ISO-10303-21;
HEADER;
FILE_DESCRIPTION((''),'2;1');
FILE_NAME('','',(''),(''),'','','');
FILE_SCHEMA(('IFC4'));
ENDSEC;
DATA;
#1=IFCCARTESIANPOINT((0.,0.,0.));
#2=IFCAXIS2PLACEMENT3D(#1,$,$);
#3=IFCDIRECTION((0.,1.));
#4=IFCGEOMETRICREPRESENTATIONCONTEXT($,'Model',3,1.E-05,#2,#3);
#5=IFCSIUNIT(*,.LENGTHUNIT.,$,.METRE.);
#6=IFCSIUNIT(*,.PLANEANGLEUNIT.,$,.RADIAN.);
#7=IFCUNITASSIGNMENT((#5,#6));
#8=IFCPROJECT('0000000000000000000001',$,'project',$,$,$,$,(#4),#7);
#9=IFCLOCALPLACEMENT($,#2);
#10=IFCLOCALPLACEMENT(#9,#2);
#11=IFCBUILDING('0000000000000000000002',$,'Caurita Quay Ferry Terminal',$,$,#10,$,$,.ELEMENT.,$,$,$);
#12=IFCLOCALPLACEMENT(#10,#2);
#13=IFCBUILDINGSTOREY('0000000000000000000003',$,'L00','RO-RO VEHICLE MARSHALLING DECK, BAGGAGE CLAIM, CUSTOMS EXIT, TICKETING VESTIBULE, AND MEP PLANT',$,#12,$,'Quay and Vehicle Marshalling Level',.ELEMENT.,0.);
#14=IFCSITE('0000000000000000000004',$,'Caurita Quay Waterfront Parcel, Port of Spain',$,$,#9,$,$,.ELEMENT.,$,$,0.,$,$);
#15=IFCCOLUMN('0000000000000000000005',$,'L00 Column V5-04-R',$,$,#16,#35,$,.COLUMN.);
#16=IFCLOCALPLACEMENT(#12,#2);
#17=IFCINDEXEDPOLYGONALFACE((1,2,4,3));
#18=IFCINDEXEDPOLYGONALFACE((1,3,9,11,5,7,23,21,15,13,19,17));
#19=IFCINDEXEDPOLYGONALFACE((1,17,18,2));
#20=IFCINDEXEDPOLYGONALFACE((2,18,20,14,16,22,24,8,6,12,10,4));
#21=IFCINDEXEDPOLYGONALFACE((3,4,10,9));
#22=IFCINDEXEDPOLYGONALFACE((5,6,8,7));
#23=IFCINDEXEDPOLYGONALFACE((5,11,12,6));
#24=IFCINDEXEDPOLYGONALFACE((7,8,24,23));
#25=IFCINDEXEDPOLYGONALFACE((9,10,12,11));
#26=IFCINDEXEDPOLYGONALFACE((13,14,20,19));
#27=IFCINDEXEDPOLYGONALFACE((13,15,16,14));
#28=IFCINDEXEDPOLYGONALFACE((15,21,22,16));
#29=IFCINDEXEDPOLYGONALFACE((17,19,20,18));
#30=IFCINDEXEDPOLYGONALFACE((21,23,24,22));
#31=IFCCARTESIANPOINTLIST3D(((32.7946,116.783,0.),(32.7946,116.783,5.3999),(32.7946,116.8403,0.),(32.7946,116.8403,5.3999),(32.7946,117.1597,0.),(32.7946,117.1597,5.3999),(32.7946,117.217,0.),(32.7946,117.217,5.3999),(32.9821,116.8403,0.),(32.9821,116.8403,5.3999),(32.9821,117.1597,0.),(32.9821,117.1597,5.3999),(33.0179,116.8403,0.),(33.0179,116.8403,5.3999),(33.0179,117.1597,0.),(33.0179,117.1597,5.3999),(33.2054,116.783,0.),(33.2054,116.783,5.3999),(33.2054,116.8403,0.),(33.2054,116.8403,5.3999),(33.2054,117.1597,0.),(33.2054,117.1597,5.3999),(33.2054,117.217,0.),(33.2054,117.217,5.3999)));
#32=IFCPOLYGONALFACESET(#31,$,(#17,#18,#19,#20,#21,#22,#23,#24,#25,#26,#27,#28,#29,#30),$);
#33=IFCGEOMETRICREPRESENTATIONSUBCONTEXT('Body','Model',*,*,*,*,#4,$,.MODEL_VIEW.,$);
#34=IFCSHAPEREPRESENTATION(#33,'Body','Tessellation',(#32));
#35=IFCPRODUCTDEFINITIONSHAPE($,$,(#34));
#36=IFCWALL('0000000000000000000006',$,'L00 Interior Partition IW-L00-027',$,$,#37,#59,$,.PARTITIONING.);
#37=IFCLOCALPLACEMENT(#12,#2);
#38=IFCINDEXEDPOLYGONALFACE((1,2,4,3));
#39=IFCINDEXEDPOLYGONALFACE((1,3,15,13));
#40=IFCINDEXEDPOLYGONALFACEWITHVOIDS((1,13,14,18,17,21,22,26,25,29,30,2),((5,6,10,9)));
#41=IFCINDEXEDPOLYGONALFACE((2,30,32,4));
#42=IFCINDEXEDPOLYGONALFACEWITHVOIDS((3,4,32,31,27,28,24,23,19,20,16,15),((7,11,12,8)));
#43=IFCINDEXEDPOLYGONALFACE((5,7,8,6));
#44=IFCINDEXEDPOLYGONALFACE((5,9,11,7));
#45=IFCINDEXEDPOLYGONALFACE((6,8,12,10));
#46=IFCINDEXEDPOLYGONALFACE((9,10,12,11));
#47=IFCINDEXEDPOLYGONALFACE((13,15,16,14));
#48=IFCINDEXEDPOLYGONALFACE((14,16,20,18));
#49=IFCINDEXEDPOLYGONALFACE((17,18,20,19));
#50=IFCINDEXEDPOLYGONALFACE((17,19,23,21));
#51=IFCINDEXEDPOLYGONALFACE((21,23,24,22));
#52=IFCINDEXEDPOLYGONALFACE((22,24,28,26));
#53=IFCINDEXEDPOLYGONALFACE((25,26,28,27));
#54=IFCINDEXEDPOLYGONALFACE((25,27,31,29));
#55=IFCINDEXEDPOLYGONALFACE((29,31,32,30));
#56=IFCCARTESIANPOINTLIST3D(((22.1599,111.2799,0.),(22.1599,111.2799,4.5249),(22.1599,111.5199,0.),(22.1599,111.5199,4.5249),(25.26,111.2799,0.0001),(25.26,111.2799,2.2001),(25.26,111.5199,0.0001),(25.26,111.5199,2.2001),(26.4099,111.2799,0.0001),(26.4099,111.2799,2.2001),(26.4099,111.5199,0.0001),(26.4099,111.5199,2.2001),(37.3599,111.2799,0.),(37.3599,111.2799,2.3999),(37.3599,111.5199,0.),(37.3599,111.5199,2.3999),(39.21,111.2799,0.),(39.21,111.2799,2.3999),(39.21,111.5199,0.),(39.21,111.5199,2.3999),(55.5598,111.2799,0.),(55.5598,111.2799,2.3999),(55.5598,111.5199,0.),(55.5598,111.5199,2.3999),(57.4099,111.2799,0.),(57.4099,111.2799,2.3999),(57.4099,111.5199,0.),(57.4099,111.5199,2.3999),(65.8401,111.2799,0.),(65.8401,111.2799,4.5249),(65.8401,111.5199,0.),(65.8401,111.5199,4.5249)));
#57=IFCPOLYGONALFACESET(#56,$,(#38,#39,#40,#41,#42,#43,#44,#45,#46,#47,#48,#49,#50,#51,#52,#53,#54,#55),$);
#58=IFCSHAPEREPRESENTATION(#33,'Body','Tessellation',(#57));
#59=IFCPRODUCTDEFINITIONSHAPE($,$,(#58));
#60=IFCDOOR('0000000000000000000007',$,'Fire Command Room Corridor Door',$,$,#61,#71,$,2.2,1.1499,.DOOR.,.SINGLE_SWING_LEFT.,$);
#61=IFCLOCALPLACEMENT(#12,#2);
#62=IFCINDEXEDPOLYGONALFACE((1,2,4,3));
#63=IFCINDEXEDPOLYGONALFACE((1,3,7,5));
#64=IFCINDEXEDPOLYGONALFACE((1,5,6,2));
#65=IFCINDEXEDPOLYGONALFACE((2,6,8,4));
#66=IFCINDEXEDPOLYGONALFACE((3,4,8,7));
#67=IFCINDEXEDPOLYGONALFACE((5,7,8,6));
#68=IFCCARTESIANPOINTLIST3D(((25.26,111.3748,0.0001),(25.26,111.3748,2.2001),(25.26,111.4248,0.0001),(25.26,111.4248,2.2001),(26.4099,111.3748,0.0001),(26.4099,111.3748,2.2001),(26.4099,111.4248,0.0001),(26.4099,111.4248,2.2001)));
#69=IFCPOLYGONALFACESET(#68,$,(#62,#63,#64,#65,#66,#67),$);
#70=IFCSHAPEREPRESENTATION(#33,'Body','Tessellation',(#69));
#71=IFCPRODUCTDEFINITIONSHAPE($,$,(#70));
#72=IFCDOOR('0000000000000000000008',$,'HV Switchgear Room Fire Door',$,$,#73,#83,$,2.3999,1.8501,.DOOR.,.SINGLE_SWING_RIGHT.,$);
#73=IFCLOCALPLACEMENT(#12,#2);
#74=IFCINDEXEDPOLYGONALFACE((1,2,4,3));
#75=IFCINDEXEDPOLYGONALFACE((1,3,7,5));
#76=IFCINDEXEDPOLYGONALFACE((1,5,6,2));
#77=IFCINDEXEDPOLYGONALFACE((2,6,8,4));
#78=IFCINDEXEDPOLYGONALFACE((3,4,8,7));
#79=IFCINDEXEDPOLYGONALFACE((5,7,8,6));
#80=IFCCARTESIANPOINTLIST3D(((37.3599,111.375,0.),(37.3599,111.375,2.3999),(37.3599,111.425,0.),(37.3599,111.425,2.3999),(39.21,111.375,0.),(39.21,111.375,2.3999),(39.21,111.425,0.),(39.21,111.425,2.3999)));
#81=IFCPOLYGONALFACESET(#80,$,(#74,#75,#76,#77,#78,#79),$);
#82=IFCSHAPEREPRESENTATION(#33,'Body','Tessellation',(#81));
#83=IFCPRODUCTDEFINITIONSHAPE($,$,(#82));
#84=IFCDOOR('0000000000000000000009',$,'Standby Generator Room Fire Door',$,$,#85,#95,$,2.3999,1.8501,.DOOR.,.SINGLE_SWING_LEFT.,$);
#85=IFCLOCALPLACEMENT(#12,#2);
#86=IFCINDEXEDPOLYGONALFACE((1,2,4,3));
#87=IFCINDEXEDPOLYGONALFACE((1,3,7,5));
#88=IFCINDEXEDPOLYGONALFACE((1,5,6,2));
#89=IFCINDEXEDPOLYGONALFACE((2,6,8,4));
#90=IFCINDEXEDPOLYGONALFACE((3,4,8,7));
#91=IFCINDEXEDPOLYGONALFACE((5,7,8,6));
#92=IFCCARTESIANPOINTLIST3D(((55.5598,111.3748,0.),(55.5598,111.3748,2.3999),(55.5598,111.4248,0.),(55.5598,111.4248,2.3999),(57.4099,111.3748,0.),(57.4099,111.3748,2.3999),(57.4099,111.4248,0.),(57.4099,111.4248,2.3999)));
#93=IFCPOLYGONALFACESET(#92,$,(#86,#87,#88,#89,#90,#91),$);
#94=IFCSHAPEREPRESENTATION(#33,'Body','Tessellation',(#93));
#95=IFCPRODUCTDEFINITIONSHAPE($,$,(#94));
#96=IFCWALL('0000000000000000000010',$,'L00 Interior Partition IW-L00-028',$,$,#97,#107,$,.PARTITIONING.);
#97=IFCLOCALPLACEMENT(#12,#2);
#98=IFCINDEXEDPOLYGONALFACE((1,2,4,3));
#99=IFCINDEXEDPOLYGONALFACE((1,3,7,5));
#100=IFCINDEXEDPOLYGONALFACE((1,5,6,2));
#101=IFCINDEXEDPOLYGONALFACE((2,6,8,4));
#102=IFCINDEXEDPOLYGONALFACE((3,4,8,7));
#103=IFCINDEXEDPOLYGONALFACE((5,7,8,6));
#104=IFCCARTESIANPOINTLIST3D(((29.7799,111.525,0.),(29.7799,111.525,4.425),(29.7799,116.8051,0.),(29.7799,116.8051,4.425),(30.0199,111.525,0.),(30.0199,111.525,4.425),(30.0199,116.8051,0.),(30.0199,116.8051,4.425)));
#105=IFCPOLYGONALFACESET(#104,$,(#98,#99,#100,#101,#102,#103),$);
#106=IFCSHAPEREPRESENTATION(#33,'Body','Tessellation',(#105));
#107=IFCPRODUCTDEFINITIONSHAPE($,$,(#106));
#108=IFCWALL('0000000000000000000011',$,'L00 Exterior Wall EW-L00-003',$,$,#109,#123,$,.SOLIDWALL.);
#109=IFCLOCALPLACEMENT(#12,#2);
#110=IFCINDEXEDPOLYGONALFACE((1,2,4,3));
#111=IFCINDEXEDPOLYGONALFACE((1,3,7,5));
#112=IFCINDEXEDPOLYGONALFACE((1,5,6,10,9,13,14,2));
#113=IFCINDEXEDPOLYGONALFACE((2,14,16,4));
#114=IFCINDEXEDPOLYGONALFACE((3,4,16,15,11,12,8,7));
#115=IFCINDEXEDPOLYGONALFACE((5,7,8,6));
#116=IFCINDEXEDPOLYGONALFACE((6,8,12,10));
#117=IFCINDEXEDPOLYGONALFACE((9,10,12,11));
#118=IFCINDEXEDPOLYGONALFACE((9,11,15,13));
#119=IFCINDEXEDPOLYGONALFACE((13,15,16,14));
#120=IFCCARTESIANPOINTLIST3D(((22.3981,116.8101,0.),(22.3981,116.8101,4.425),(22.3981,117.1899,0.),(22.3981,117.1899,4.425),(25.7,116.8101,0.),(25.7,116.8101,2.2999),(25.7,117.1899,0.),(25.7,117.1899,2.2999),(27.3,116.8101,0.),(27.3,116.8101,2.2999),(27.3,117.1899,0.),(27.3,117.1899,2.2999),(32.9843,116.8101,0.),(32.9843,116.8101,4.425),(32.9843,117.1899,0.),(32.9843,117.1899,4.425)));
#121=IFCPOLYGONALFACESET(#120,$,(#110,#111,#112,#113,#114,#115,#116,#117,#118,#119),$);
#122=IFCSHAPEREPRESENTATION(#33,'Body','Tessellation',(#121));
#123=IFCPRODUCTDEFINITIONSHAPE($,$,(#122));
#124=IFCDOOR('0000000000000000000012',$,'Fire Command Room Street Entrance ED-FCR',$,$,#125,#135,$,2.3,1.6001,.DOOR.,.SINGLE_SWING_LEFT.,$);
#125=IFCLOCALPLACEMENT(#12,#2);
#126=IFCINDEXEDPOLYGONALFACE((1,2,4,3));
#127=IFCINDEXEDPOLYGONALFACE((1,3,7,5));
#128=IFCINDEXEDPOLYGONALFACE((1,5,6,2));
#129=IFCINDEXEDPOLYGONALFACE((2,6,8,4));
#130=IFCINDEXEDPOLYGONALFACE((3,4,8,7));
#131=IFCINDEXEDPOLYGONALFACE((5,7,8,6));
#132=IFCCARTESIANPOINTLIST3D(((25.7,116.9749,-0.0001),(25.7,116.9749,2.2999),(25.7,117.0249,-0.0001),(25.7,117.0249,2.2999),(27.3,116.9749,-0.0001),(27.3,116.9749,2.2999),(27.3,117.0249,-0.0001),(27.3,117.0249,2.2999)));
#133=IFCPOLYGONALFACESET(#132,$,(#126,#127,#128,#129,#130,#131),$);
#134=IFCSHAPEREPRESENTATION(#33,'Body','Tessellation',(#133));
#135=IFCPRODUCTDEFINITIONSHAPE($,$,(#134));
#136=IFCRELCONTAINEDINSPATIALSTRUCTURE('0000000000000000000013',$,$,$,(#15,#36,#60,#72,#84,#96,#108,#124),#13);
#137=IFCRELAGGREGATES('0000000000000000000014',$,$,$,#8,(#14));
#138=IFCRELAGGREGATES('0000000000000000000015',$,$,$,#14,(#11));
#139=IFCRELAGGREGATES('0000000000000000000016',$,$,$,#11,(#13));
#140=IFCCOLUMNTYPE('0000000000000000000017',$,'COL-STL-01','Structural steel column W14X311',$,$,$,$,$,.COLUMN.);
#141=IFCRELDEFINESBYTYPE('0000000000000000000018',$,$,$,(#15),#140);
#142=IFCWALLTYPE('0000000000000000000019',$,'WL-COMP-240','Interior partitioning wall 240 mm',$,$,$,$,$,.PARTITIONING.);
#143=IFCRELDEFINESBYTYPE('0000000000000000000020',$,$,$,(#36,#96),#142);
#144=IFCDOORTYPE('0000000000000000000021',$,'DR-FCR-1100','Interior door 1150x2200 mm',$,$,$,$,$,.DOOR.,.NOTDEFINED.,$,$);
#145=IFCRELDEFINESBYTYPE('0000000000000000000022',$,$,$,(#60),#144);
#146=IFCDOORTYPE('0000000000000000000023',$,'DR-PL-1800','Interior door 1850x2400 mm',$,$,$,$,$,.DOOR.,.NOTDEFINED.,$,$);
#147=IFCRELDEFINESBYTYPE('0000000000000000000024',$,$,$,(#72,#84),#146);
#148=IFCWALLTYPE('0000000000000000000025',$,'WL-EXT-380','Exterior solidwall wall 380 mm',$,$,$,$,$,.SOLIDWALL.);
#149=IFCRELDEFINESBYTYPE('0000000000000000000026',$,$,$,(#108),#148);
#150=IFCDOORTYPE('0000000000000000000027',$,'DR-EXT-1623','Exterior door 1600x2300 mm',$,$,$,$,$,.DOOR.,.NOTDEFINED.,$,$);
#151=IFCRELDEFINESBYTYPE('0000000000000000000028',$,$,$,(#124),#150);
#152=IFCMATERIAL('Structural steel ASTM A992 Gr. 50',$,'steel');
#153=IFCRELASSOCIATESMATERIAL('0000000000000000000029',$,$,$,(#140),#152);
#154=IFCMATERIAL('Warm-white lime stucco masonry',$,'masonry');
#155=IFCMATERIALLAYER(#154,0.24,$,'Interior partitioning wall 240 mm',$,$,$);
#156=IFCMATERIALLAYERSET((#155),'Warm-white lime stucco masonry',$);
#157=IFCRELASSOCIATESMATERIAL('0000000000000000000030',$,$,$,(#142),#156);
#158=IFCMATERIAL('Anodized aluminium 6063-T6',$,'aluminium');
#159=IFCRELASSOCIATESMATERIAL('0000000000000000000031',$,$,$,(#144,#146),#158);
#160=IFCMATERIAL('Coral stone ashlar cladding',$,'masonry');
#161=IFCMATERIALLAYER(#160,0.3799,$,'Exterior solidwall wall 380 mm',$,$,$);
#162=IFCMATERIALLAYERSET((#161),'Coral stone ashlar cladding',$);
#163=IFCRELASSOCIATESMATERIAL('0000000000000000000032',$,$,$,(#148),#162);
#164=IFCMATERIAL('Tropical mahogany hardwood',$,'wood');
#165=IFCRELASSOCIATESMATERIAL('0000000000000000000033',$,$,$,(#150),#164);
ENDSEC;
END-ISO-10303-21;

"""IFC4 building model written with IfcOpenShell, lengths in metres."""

from ifc_helpers import new_model, si_unit, direction, frame, frame_2d, origin, origin_2d, place, context, subcontext, project, spatial, rectangle, i_section, extrude, material, layer, layer_set, material_profile, profile_set, type_object, element, fill, save


model = new_model("IFC4")

# Units and contexts
model_context = context("Model", 3, precision=1e-05, world=origin(), true_north=direction((0.0, 1.0)))
body_context = subcontext(model_context, "Body", "Model", "MODEL_VIEW")
ifc_project = project(units=[si_unit("LENGTHUNIT", "METRE"), si_unit("PLANEANGLEUNIT", "RADIAN")], contexts=[model_context])

# Site, building, storey
site_placement = place(None, origin())
site = spatial("IfcSite", under=ifc_project, at=site_placement, Name="Caurita Quay Waterfront Parcel, Port of Spain", CompositionType="ELEMENT", RefElevation=0.0)
building_placement = place(site_placement, origin())
building = spatial("IfcBuilding", under=site, at=building_placement, Name="Caurita Quay Ferry Terminal", CompositionType="ELEMENT")
storey_placement = place(building_placement, origin())
storey = spatial("IfcBuildingStorey", under=building, at=storey_placement, Name="L00", Description="RO-RO VEHICLE MARSHALLING DECK, BAGGAGE CLAIM, CUSTOMS EXIT, TICKETING VESTIBULE, AND MEP PLANT", LongName="Quay and Vehicle Marshalling Level", CompositionType="ELEMENT", Elevation=0.0)

# Column
ifc_material_1 = material(Name="Structural steel ASTM A992 Gr. 50", Category="steel")
ifc_material_profile_1 = material_profile(ifc_material_1, i_section(OverallWidth=0.4109, OverallDepth=0.4341, WebThickness=0.0359, FlangeThickness=0.0574, at=origin_2d()), Name="W14X311")
ifc_profile_set_1 = profile_set([ifc_material_profile_1], Name="Structural steel ASTM A992 Gr. 50")
column_type = type_object("IfcColumnType", Name="COL-STL-01", Description="Structural steel column W14X311", PredefinedType="COLUMN", material=ifc_profile_set_1)
column_placement = place(storey_placement, frame((33.0, 117.0, 0.0), z_axis=(0.0, 0.0, 1.0), x_axis=(1.0, 0.0, 0.0)))
element("IfcColumn", 1, at=column_placement, inside=storey, type_object=column_type, Name="L00 Column V5-04-R", PredefinedType="COLUMN", context=body_context, shape_type="SweptSolid", body=[
    extrude(i_section(OverallWidth=0.4109, OverallDepth=0.4341, WebThickness=0.0359, FlangeThickness=0.0574, at=origin_2d()), origin(), (0.0, 0.0, 1.0), 5.3999),
])

# Wall, openings, doors
ifc_material_2 = material(Name="Warm-white lime stucco masonry", Category="masonry")
ifc_layer_1 = layer(ifc_material_2, 0.24, Name="Interior partitioning wall 240 mm")
ifc_layer_set_1 = layer_set([ifc_layer_1], Name="Warm-white lime stucco masonry")
wall_type_1 = type_object("IfcWallType", Name="WL-COMP-240", Description="Interior partitioning wall 240 mm", PredefinedType="PARTITIONING", material=ifc_layer_set_1)
wall_1_placement = place(storey_placement, frame((22.1599, 111.3999, 0.0), z_axis=(0.0, 0.0, 1.0), x_axis=(1.0, 0.0, 0.0)))
wall_1 = element("IfcWall", 2, at=wall_1_placement, inside=storey, type_object=wall_type_1, Name="L00 Interior Partition IW-L00-027", PredefinedType="PARTITIONING", context=body_context, shape_type="SweptSolid", body=[
    extrude(rectangle(XDim=43.6802, YDim=0.24, at=frame_2d((21.8401, 0.0))), origin(), (0.0, 0.0, 1.0), 4.5249),
])
opening_1_placement = place(wall_1_placement, frame((3.1001, 0.0, 0.0)))
opening_1 = element("IfcOpeningElement", 3, at=opening_1_placement, cuts=wall_1, PredefinedType="OPENING", context=body_context, shape_type="SweptSolid", body=[
    extrude(rectangle(XDim=1.1499, YDim=2.2, at=frame_2d((0.575, 1.1001))), frame((0.0, 0.1299, 0.0), z_axis=(0.0, -1.0, 0.0), x_axis=(1.0, 0.0, 0.0)), (0.0, 0.0, 1.0), 0.26),
])
opening_2_placement = place(wall_1_placement, frame((15.2, 0.0, 0.0)))
opening_2 = element("IfcOpeningElement", 4, at=opening_2_placement, cuts=wall_1, PredefinedType="OPENING", context=body_context, shape_type="SweptSolid", body=[
    extrude(rectangle(XDim=1.8501, YDim=2.3999, at=frame_2d((0.925, 1.2))), frame((0.0, 0.1299, 0.0), z_axis=(0.0, -1.0, 0.0), x_axis=(1.0, 0.0, 0.0)), (0.0, 0.0, 1.0), 0.26),
])
opening_3_placement = place(wall_1_placement, frame((33.3999, 0.0, 0.0)))
opening_3 = element("IfcOpeningElement", 5, at=opening_3_placement, cuts=wall_1, PredefinedType="OPENING", context=body_context, shape_type="SweptSolid", body=[
    extrude(rectangle(XDim=1.8501, YDim=2.3999, at=frame_2d((0.925, 1.2))), frame((0.0, 0.1299, 0.0), z_axis=(0.0, -1.0, 0.0), x_axis=(1.0, 0.0, 0.0)), (0.0, 0.0, 1.0), 0.26),
])
ifc_material_3 = material(Name="Anodized aluminium 6063-T6", Category="aluminium")
door_type_1 = type_object("IfcDoorType", Name="DR-FCR-1100", Description="Interior door 1150x2200 mm", OperationType="NOTDEFINED", PredefinedType="DOOR", material=ifc_material_3)
door_1_placement = place(opening_1_placement, origin())
door_1 = element("IfcDoor", 6, at=door_1_placement, inside=storey, type_object=door_type_1, Name="Fire Command Room Corridor Door", OperationType="SINGLE_SWING_LEFT", OverallHeight=2.2, OverallWidth=1.1499, PredefinedType="DOOR", context=body_context, shape_type="SweptSolid", body=[
    extrude(rectangle(XDim=1.1499, YDim=2.2, at=frame_2d((0.575, 1.1001))), frame((0.0, 0.0249, 0.0), z_axis=(0.0, -1.0, 0.0), x_axis=(1.0, 0.0, 0.0)), (0.0, 0.0, 1.0), 0.05),
])
fill(opening_1, door_1)
door_type_2 = type_object("IfcDoorType", Name="DR-PL-1800", Description="Interior door 1850x2400 mm", OperationType="NOTDEFINED", PredefinedType="DOOR", material=ifc_material_3)
door_2_placement = place(opening_2_placement, frame((1.8501, 0.0, 0.0), z_axis=(0.0, 0.0, 1.0), x_axis=(-1.0, 0.0, 0.0)))
door_2 = element("IfcDoor", 7, at=door_2_placement, inside=storey, type_object=door_type_2, Name="HV Switchgear Room Fire Door", OperationType="SINGLE_SWING_RIGHT", OverallHeight=2.3999, OverallWidth=1.8501, PredefinedType="DOOR", context=body_context, shape_type="SweptSolid", body=[
    extrude(rectangle(XDim=1.8501, YDim=2.3999, at=frame_2d((0.925, 1.2))), frame((0.0, 0.0249, 0.0), z_axis=(0.0, -1.0, 0.0), x_axis=(1.0, 0.0, 0.0)), (0.0, 0.0, 1.0), 0.05),
])
fill(opening_2, door_2)
door_3_placement = place(opening_3_placement, origin())
door_3 = element("IfcDoor", 8, at=door_3_placement, inside=storey, type_object=door_type_2, Name="Standby Generator Room Fire Door", OperationType="SINGLE_SWING_LEFT", OverallHeight=2.3999, OverallWidth=1.8501, PredefinedType="DOOR", context=body_context, shape_type="SweptSolid", body=[
    extrude(rectangle(XDim=1.8501, YDim=2.3999, at=frame_2d((0.925, 1.2))), frame((0.0, 0.0249, 0.0), z_axis=(0.0, -1.0, 0.0), x_axis=(1.0, 0.0, 0.0)), (0.0, 0.0, 1.0), 0.05),
])
fill(opening_3, door_3)

# Wall
wall_2_placement = place(storey_placement, frame((29.8999, 111.5249, 0.0), z_axis=(0.0, 0.0, 1.0), x_axis=(0.0, 1.0, 0.0)))
element("IfcWall", 9, at=wall_2_placement, inside=storey, type_object=wall_type_1, Name="L00 Interior Partition IW-L00-028", PredefinedType="PARTITIONING", context=body_context, shape_type="SweptSolid", body=[
    extrude(rectangle(XDim=5.28, YDim=0.24, at=frame_2d((2.6401, 0.0))), origin(), (0.0, 0.0, 1.0), 4.425),
])

# Wall, opening, door
ifc_material_4 = material(Name="Coral stone ashlar cladding", Category="masonry")
ifc_layer_2 = layer(ifc_material_4, 0.3799, Name="Exterior solidwall wall 380 mm")
ifc_layer_set_2 = layer_set([ifc_layer_2], Name="Coral stone ashlar cladding")
wall_type_2 = type_object("IfcWallType", Name="WL-EXT-380", Description="Exterior solidwall wall 380 mm", PredefinedType="SOLIDWALL", material=ifc_layer_set_2)
wall_3_placement = place(storey_placement, frame((32.9841, 117.0, 0.0), z_axis=(0.0, 0.0, 1.0), x_axis=(-1.0, 0.0, 0.0)))
wall_3 = element("IfcWall", 10, at=wall_3_placement, inside=storey, type_object=wall_type_2, Name="L00 Exterior Wall EW-L00-003", PredefinedType="SOLIDWALL", context=body_context, shape_type="SweptSolid", body=[
    extrude(rectangle(XDim=10.5862, YDim=0.3799, at=frame_2d((5.293, 0.0))), origin(), (0.0, 0.0, 1.0), 4.425),
])
opening_4_placement = place(wall_3_placement, frame((5.6841, 0.0, 0.0)))
opening_4 = element("IfcOpeningElement", 11, at=opening_4_placement, cuts=wall_3, PredefinedType="OPENING", context=body_context, shape_type="SweptSolid", body=[
    extrude(rectangle(XDim=1.6001, YDim=2.3, at=frame_2d((0.8, 1.1499))), frame((0.0, 0.2, 0.0), z_axis=(0.0, -1.0, 0.0), x_axis=(1.0, 0.0, 0.0)), (0.0, 0.0, 1.0), 0.3999),
])
ifc_material_5 = material(Name="Tropical mahogany hardwood", Category="wood")
door_type_3 = type_object("IfcDoorType", Name="DR-EXT-1623", Description="Exterior door 1600x2300 mm", OperationType="NOTDEFINED", PredefinedType="DOOR", material=ifc_material_5)
door_4_placement = place(opening_4_placement, frame((1.6001, 0.0, 0.0), z_axis=(0.0, 0.0, 1.0), x_axis=(-1.0, 0.0, 0.0)))
door_4 = element("IfcDoor", 12, at=door_4_placement, inside=storey, type_object=door_type_3, Name="Fire Command Room Street Entrance ED-FCR", OperationType="SINGLE_SWING_LEFT", OverallHeight=2.3, OverallWidth=1.6001, PredefinedType="DOOR", context=body_context, shape_type="SweptSolid", body=[
    extrude(rectangle(XDim=1.6001, YDim=2.3, at=frame_2d((0.8, 1.1499))), frame((0.0, 0.0249, 0.0), z_axis=(0.0, -1.0, 0.0), x_axis=(1.0, 0.0, 0.0)), (0.0, 0.0, 1.0), 0.05),
])
fill(opening_4, door_4)

save(model, "model.ifc")
